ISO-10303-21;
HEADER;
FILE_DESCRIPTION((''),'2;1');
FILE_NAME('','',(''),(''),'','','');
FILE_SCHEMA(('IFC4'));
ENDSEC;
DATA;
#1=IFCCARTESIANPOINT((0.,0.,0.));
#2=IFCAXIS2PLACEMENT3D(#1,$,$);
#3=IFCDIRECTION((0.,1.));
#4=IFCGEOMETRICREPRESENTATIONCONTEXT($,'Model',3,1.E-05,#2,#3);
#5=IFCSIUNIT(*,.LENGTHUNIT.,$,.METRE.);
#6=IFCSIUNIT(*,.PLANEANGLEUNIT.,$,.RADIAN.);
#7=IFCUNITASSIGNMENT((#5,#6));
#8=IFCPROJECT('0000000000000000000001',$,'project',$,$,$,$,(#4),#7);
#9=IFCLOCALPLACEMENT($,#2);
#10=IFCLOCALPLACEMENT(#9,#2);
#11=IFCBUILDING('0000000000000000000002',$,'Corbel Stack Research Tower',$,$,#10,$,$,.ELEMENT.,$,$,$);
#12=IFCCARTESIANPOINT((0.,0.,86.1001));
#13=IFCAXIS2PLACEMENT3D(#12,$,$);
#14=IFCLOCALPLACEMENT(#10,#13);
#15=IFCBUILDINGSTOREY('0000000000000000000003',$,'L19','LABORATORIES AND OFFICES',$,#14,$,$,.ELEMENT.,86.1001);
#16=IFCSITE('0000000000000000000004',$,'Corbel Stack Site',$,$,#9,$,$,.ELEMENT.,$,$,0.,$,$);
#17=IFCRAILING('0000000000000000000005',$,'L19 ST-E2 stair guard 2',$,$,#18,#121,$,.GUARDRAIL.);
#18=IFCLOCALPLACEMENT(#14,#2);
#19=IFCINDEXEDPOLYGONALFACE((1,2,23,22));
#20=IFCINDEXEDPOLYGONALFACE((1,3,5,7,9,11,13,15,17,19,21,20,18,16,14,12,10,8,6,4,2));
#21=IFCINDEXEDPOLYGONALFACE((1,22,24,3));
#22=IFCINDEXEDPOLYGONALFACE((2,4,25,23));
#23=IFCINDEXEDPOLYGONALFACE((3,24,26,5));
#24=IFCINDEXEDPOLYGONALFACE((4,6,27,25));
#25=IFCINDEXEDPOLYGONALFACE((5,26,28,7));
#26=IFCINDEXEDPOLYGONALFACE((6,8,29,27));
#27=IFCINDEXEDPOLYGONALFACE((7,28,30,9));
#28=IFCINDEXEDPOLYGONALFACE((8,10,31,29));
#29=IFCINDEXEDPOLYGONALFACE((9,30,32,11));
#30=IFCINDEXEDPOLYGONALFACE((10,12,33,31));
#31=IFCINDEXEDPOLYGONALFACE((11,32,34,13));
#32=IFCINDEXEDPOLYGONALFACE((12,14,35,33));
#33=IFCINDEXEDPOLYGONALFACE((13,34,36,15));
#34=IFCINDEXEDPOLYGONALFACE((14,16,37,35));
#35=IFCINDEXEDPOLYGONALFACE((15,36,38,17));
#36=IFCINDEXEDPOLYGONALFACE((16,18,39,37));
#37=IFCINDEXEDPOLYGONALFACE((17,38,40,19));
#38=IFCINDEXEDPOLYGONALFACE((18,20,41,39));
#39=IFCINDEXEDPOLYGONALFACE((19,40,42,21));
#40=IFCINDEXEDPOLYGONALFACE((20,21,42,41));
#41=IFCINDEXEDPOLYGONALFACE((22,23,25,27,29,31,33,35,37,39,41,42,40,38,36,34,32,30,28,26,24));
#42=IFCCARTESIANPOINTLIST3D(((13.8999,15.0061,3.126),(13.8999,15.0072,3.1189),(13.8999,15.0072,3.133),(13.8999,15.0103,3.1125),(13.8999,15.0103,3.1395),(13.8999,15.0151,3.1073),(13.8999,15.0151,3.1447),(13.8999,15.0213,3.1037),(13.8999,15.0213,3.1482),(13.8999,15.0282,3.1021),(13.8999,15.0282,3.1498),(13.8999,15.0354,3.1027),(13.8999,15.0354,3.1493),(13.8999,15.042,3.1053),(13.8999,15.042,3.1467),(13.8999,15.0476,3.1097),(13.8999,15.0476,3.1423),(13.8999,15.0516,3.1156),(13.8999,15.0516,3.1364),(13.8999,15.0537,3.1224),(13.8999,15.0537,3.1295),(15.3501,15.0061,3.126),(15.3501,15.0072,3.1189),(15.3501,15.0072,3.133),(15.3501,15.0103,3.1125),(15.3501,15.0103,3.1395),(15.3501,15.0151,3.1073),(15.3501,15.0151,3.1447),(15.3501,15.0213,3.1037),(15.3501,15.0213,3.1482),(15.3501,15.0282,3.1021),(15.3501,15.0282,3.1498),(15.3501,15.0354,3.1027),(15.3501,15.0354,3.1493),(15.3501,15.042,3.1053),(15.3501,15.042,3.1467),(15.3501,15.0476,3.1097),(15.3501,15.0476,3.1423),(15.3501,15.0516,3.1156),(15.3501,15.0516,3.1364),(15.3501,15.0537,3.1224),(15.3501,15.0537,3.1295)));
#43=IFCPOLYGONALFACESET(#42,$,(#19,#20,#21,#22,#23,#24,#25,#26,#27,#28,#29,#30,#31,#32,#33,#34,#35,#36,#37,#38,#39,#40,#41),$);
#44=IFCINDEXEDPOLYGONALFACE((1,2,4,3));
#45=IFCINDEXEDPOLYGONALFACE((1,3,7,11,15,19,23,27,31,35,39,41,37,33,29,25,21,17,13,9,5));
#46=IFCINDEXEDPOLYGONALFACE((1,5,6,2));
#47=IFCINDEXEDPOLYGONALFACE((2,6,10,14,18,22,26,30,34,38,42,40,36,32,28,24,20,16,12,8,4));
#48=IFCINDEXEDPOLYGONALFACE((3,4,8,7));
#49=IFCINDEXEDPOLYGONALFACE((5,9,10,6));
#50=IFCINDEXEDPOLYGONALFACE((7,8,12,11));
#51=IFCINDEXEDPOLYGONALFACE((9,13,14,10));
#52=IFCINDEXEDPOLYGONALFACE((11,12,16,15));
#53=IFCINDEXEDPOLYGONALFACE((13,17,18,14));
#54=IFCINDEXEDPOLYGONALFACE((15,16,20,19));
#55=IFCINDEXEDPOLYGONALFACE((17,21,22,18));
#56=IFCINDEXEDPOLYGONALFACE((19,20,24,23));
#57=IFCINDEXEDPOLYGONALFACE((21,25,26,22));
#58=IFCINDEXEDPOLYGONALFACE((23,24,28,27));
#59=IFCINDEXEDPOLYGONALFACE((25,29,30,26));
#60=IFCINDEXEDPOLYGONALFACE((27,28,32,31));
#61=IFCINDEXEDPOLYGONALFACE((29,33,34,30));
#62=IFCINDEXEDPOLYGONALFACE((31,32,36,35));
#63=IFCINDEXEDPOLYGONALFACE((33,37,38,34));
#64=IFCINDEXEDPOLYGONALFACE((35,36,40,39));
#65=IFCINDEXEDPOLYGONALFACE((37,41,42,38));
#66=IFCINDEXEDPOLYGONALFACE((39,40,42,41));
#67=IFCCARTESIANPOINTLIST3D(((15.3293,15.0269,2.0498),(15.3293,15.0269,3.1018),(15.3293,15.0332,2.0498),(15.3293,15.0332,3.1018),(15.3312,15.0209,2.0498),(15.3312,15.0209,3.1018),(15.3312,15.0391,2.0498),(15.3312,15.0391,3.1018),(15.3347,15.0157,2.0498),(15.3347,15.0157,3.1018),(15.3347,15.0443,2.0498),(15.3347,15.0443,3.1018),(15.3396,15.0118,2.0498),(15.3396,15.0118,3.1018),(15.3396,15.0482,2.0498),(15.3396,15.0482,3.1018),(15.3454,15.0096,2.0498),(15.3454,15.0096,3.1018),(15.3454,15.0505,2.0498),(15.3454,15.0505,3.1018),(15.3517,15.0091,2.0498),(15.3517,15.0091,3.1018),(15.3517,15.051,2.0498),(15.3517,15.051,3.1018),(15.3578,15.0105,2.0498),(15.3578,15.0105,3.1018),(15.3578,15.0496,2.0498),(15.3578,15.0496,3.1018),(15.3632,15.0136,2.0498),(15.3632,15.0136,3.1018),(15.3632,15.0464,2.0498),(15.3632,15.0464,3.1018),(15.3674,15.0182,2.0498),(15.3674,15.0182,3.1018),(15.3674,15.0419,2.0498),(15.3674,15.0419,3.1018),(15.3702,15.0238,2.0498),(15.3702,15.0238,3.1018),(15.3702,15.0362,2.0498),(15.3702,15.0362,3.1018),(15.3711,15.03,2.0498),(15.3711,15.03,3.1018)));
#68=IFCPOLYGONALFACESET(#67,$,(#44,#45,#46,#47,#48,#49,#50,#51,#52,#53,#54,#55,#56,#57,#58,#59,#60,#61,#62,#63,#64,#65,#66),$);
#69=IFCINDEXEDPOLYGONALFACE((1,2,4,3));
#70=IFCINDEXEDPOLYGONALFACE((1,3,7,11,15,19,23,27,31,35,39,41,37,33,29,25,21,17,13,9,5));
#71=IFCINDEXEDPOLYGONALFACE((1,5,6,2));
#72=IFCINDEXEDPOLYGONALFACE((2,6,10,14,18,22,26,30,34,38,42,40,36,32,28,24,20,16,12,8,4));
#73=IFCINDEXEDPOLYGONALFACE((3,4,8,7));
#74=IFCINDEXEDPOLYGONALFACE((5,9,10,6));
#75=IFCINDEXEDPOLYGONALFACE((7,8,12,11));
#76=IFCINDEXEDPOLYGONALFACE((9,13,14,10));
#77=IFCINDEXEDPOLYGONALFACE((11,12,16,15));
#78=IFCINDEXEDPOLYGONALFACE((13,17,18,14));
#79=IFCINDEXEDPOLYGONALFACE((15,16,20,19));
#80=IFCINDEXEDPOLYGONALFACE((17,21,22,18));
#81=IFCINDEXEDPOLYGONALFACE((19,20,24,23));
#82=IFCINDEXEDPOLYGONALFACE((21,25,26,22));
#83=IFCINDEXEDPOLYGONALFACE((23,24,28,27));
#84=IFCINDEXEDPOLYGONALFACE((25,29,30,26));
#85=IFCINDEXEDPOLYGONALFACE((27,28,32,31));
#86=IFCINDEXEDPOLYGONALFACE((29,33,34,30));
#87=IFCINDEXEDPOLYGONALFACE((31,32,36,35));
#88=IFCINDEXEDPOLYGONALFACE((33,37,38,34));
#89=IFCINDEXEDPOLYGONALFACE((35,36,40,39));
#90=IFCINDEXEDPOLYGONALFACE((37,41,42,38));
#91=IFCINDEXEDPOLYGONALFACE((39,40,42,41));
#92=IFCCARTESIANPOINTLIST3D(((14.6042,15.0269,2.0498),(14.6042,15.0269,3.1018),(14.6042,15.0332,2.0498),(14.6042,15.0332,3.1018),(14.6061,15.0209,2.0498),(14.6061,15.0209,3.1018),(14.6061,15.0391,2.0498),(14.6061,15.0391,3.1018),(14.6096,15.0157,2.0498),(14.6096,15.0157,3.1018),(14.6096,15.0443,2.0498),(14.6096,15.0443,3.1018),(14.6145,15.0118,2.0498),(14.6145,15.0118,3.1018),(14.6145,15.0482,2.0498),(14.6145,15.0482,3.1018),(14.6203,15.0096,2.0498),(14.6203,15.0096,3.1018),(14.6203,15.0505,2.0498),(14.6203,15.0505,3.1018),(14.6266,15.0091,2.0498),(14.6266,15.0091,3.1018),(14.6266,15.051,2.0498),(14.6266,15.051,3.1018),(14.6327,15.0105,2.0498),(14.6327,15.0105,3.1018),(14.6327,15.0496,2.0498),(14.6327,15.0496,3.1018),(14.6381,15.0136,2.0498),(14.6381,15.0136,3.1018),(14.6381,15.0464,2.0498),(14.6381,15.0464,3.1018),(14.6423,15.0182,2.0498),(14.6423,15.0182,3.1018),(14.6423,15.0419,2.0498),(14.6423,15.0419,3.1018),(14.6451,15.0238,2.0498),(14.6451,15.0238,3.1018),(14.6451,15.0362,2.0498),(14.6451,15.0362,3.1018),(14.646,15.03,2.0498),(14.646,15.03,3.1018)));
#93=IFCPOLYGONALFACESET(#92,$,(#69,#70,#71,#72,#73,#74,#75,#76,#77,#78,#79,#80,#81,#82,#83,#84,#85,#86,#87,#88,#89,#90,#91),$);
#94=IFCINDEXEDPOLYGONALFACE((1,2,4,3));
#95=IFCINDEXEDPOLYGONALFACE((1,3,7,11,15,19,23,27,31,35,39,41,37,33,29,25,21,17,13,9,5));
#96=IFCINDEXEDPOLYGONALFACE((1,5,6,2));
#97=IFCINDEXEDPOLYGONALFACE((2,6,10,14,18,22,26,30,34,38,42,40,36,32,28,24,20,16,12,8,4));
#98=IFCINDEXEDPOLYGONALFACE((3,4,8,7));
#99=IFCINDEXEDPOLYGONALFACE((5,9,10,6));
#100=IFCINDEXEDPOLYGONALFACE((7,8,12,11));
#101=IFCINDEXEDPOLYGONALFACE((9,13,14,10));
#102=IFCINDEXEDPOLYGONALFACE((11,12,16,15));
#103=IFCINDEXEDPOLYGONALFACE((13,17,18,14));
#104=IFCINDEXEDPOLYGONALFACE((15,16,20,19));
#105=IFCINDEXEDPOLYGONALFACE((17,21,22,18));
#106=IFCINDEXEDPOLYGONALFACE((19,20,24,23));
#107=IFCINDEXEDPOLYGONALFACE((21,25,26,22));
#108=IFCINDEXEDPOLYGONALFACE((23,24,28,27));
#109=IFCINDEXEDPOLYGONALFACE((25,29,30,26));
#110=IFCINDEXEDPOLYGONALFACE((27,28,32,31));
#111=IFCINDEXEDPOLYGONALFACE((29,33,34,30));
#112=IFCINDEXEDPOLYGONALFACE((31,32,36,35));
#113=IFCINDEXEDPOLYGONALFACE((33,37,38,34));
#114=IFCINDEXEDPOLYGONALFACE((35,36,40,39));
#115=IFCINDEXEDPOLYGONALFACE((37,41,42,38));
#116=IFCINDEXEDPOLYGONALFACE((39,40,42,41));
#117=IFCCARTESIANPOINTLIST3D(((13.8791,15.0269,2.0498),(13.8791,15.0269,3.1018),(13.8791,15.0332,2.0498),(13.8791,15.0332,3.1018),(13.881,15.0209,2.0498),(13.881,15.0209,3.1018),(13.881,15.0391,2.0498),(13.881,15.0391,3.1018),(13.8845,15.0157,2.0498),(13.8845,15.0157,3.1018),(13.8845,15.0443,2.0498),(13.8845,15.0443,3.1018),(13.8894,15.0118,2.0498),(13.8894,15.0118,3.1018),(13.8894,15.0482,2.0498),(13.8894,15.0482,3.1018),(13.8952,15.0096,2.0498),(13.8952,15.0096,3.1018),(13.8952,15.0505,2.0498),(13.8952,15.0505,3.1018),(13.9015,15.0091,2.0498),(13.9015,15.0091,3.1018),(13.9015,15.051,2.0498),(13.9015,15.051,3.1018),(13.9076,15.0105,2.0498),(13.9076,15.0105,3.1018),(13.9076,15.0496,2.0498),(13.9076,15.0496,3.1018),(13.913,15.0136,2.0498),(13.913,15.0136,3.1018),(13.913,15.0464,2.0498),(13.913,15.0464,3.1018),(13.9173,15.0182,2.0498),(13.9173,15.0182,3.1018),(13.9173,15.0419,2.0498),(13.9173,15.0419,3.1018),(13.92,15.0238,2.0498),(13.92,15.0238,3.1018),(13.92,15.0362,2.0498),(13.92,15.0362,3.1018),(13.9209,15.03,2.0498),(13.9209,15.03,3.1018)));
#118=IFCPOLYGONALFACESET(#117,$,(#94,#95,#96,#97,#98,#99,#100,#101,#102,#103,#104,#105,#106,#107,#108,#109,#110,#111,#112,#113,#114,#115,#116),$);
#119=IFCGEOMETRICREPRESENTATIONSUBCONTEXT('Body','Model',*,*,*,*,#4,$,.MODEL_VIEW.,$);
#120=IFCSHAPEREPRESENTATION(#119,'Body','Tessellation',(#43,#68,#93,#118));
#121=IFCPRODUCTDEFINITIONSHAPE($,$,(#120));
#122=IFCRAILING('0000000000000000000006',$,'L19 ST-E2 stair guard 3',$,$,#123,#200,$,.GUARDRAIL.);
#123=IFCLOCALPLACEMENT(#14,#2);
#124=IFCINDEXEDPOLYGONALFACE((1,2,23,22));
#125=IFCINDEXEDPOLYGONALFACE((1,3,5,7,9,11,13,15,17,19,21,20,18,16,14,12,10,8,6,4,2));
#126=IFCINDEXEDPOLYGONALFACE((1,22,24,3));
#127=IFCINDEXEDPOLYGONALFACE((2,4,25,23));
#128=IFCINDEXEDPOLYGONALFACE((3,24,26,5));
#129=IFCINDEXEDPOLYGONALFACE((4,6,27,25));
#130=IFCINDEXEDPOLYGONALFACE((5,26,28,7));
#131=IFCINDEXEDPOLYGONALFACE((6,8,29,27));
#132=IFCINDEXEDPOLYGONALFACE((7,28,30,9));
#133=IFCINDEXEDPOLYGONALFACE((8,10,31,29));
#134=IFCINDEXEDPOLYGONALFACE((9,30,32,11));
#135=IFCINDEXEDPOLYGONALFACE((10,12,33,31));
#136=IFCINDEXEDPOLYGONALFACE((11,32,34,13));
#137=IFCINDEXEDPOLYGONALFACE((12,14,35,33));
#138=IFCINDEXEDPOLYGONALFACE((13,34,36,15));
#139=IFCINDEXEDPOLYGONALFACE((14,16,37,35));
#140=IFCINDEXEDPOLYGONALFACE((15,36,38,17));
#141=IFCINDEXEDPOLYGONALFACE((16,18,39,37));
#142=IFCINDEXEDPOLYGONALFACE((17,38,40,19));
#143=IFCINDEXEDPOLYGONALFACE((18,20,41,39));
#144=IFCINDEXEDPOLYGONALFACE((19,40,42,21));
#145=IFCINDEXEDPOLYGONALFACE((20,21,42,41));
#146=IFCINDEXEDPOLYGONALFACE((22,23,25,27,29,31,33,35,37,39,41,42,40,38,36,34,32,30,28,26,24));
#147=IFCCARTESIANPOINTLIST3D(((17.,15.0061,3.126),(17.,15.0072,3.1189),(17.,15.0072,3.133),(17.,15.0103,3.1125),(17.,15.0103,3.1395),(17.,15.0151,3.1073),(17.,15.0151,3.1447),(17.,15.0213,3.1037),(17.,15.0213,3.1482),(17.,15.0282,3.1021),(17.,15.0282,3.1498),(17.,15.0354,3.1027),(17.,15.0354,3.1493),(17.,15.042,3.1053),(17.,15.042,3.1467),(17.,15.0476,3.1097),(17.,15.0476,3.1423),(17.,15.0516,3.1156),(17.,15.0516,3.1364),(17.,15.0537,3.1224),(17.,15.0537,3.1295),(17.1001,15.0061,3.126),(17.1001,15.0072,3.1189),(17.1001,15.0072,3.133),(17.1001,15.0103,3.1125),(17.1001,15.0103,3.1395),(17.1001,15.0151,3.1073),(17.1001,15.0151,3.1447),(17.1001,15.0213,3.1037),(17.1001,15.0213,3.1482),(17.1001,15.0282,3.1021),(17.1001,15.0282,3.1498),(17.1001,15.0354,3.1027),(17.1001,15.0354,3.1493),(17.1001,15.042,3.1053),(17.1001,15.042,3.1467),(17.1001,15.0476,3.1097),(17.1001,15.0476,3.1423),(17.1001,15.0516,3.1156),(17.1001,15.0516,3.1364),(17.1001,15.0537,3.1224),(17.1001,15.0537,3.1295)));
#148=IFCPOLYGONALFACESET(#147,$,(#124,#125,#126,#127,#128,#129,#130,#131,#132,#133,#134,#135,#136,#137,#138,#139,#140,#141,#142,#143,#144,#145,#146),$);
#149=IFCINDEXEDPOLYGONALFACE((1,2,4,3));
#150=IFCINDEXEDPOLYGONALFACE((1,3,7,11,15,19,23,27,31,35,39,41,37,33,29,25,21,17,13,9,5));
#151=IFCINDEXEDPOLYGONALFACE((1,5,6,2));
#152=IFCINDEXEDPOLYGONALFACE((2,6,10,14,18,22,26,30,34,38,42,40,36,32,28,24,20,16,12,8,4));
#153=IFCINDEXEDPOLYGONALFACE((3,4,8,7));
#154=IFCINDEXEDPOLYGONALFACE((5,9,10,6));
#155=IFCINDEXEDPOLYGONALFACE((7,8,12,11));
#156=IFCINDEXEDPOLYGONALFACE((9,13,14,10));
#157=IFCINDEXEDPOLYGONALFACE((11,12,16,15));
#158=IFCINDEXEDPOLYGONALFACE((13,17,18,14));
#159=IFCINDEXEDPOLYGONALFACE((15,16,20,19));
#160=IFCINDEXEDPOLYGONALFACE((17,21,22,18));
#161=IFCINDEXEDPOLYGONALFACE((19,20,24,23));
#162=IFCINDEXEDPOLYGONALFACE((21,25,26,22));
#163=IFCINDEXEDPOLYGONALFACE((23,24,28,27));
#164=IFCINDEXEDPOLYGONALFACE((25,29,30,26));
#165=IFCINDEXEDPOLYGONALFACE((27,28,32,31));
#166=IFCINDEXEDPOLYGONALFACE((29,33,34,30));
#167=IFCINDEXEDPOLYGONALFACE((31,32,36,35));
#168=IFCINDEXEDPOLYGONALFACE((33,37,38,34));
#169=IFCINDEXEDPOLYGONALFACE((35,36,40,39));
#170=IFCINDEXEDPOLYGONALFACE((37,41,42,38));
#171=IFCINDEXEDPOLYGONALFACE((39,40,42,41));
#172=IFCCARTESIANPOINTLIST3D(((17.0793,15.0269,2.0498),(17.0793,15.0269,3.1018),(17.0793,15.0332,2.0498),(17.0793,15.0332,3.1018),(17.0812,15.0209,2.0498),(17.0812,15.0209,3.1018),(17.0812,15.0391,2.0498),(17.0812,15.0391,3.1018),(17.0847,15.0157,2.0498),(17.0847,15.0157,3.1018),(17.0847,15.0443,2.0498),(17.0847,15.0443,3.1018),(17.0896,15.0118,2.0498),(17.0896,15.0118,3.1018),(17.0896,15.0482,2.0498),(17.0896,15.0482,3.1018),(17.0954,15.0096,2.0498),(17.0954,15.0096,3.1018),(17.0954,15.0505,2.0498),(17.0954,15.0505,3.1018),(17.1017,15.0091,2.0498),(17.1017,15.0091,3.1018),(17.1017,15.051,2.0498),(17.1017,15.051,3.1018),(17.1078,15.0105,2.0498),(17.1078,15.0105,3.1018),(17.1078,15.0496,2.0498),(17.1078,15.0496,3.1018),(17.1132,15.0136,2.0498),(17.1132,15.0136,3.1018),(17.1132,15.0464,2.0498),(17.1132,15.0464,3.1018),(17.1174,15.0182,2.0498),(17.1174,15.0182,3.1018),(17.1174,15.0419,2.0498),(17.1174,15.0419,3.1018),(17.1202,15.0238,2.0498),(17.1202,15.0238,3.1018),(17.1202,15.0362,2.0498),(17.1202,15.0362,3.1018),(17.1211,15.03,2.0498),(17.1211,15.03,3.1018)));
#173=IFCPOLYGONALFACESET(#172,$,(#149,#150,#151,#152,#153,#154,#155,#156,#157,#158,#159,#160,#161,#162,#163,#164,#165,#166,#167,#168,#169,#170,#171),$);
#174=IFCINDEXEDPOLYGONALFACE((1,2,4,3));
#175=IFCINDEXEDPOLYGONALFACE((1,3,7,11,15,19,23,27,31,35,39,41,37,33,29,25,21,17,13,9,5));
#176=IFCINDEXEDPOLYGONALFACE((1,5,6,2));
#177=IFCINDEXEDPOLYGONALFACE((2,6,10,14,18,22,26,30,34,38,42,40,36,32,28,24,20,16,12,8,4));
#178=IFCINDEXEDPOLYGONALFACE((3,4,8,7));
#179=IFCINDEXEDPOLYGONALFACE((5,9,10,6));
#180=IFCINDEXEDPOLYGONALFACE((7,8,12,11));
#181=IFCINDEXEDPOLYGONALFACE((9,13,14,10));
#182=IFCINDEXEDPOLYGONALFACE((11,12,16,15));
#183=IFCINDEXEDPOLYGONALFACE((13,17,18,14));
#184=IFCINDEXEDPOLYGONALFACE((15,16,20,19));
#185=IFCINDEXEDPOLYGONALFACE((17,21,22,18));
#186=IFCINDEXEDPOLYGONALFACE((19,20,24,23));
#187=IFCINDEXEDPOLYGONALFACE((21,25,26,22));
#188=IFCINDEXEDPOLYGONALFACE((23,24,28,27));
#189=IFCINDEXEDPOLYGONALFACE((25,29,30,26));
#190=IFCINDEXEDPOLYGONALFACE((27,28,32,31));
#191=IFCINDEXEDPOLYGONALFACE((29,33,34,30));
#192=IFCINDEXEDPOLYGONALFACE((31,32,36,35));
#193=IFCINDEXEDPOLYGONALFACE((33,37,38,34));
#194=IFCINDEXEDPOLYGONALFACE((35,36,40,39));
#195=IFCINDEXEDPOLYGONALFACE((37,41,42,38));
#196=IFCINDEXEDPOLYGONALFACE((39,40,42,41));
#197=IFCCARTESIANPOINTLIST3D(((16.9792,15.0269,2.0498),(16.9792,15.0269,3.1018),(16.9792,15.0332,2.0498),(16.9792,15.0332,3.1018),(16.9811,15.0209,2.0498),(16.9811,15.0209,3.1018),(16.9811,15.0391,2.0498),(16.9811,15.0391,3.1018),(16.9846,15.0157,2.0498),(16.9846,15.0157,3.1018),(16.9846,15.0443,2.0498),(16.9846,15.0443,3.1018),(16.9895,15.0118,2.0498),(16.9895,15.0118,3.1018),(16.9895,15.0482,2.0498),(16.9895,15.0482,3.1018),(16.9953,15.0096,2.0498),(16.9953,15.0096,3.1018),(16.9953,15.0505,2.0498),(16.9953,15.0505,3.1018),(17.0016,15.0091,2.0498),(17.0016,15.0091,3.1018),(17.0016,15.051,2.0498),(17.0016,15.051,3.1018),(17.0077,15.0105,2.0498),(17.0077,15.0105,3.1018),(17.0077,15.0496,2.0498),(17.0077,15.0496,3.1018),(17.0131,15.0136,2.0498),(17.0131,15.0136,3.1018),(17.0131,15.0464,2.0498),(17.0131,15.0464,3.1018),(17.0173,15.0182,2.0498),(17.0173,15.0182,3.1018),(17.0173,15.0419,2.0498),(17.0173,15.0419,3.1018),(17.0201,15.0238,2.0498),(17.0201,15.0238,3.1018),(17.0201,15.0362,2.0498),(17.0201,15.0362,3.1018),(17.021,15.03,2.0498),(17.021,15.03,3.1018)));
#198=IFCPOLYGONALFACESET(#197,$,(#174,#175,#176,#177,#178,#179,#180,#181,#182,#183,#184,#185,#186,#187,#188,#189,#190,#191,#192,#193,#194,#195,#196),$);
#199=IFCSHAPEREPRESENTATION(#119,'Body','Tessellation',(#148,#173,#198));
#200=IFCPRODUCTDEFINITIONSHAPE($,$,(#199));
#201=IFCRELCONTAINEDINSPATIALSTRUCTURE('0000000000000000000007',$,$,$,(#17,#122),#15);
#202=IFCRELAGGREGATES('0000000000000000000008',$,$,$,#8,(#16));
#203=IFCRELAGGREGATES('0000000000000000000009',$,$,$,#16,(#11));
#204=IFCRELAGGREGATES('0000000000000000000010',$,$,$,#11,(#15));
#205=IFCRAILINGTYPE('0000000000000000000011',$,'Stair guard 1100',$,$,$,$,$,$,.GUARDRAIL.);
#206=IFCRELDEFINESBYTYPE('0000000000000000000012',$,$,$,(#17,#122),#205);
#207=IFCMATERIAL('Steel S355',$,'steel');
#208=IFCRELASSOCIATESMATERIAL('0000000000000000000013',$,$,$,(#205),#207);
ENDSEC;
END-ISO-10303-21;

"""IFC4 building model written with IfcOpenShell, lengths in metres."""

from ifc_helpers import new_model, si_unit, direction, frame, origin, origin_2d, place, context, subcontext, project, spatial, circle, extrude, material, type_object, element, save


model = new_model("IFC4")

# Units and contexts
model_context = context("Model", 3, precision=1e-05, world=origin(), true_north=direction((0.0, 1.0)))
body_context = subcontext(model_context, "Body", "Model", "MODEL_VIEW")
ifc_project = project(units=[si_unit("LENGTHUNIT", "METRE"), si_unit("PLANEANGLEUNIT", "RADIAN")], contexts=[model_context])

# Site, building, storey
site_placement = place(None, origin())
site = spatial("IfcSite", under=ifc_project, at=site_placement, Name="Corbel Stack Site", CompositionType="ELEMENT", RefElevation=0.0)
building_placement = place(site_placement, origin())
building = spatial("IfcBuilding", under=site, at=building_placement, Name="Corbel Stack Research Tower", CompositionType="ELEMENT")
storey_placement = place(building_placement, frame((0.0, 0.0, 86.1001)))
storey = spatial("IfcBuildingStorey", under=building, at=storey_placement, Name="L19", Description="LABORATORIES AND OFFICES", CompositionType="ELEMENT", Elevation=86.1001)

# Railings
ifc_material_1 = material(Name="Steel S355", Category="steel")
railing_type_1 = type_object("IfcRailingType", Name="Stair guard 1100", PredefinedType="GUARDRAIL", material=ifc_material_1)
railing_1_placement = place(storey_placement, frame((15.3501, 15.03, 2.0498)))
element("IfcRailing", 1, at=railing_1_placement, inside=storey, type_object=railing_type_1, Name="L19 ST-E2 stair guard 2", PredefinedType="GUARDRAIL", context=body_context, shape_type="SweptSolid", body=[
    extrude(circle(Radius=0.0239, at=origin_2d()), frame((0.0, 0.0, 1.0762), z_axis=(-1.0, 0.0, 0.0), x_axis=(0.0, -1.0, 0.0)), (0.0, 0.0, 1.0), 1.4502),
    extrude(circle(Radius=0.021, at=origin_2d()), origin(), (0.0, 0.0, 1.0), 1.052),
    extrude(circle(Radius=0.021, at=origin_2d()), frame((-0.7251, 0.0, 0.0)), (0.0, 0.0, 1.0), 1.052),
    extrude(circle(Radius=0.021, at=origin_2d()), frame((-1.4502, 0.0, 0.0)), (0.0, 0.0, 1.0), 1.052),
])
railing_2_placement = place(storey_placement, frame((17.1001, 15.03, 2.0498)))
element("IfcRailing", 2, at=railing_2_placement, inside=storey, type_object=railing_type_1, Name="L19 ST-E2 stair guard 3", PredefinedType="GUARDRAIL", context=body_context, shape_type="SweptSolid", body=[
    extrude(circle(Radius=0.0239, at=origin_2d()), frame((0.0, 0.0, 1.0762), z_axis=(-1.0, 0.0, 0.0), x_axis=(0.0, -1.0, 0.0)), (0.0, 0.0, 1.0), 0.1001),
    extrude(circle(Radius=0.021, at=origin_2d()), origin(), (0.0, 0.0, 1.0), 1.052),
    extrude(circle(Radius=0.021, at=origin_2d()), frame((-0.1001, 0.0, 0.0)), (0.0, 0.0, 1.0), 1.052),
])

save(model, "model.ifc")
